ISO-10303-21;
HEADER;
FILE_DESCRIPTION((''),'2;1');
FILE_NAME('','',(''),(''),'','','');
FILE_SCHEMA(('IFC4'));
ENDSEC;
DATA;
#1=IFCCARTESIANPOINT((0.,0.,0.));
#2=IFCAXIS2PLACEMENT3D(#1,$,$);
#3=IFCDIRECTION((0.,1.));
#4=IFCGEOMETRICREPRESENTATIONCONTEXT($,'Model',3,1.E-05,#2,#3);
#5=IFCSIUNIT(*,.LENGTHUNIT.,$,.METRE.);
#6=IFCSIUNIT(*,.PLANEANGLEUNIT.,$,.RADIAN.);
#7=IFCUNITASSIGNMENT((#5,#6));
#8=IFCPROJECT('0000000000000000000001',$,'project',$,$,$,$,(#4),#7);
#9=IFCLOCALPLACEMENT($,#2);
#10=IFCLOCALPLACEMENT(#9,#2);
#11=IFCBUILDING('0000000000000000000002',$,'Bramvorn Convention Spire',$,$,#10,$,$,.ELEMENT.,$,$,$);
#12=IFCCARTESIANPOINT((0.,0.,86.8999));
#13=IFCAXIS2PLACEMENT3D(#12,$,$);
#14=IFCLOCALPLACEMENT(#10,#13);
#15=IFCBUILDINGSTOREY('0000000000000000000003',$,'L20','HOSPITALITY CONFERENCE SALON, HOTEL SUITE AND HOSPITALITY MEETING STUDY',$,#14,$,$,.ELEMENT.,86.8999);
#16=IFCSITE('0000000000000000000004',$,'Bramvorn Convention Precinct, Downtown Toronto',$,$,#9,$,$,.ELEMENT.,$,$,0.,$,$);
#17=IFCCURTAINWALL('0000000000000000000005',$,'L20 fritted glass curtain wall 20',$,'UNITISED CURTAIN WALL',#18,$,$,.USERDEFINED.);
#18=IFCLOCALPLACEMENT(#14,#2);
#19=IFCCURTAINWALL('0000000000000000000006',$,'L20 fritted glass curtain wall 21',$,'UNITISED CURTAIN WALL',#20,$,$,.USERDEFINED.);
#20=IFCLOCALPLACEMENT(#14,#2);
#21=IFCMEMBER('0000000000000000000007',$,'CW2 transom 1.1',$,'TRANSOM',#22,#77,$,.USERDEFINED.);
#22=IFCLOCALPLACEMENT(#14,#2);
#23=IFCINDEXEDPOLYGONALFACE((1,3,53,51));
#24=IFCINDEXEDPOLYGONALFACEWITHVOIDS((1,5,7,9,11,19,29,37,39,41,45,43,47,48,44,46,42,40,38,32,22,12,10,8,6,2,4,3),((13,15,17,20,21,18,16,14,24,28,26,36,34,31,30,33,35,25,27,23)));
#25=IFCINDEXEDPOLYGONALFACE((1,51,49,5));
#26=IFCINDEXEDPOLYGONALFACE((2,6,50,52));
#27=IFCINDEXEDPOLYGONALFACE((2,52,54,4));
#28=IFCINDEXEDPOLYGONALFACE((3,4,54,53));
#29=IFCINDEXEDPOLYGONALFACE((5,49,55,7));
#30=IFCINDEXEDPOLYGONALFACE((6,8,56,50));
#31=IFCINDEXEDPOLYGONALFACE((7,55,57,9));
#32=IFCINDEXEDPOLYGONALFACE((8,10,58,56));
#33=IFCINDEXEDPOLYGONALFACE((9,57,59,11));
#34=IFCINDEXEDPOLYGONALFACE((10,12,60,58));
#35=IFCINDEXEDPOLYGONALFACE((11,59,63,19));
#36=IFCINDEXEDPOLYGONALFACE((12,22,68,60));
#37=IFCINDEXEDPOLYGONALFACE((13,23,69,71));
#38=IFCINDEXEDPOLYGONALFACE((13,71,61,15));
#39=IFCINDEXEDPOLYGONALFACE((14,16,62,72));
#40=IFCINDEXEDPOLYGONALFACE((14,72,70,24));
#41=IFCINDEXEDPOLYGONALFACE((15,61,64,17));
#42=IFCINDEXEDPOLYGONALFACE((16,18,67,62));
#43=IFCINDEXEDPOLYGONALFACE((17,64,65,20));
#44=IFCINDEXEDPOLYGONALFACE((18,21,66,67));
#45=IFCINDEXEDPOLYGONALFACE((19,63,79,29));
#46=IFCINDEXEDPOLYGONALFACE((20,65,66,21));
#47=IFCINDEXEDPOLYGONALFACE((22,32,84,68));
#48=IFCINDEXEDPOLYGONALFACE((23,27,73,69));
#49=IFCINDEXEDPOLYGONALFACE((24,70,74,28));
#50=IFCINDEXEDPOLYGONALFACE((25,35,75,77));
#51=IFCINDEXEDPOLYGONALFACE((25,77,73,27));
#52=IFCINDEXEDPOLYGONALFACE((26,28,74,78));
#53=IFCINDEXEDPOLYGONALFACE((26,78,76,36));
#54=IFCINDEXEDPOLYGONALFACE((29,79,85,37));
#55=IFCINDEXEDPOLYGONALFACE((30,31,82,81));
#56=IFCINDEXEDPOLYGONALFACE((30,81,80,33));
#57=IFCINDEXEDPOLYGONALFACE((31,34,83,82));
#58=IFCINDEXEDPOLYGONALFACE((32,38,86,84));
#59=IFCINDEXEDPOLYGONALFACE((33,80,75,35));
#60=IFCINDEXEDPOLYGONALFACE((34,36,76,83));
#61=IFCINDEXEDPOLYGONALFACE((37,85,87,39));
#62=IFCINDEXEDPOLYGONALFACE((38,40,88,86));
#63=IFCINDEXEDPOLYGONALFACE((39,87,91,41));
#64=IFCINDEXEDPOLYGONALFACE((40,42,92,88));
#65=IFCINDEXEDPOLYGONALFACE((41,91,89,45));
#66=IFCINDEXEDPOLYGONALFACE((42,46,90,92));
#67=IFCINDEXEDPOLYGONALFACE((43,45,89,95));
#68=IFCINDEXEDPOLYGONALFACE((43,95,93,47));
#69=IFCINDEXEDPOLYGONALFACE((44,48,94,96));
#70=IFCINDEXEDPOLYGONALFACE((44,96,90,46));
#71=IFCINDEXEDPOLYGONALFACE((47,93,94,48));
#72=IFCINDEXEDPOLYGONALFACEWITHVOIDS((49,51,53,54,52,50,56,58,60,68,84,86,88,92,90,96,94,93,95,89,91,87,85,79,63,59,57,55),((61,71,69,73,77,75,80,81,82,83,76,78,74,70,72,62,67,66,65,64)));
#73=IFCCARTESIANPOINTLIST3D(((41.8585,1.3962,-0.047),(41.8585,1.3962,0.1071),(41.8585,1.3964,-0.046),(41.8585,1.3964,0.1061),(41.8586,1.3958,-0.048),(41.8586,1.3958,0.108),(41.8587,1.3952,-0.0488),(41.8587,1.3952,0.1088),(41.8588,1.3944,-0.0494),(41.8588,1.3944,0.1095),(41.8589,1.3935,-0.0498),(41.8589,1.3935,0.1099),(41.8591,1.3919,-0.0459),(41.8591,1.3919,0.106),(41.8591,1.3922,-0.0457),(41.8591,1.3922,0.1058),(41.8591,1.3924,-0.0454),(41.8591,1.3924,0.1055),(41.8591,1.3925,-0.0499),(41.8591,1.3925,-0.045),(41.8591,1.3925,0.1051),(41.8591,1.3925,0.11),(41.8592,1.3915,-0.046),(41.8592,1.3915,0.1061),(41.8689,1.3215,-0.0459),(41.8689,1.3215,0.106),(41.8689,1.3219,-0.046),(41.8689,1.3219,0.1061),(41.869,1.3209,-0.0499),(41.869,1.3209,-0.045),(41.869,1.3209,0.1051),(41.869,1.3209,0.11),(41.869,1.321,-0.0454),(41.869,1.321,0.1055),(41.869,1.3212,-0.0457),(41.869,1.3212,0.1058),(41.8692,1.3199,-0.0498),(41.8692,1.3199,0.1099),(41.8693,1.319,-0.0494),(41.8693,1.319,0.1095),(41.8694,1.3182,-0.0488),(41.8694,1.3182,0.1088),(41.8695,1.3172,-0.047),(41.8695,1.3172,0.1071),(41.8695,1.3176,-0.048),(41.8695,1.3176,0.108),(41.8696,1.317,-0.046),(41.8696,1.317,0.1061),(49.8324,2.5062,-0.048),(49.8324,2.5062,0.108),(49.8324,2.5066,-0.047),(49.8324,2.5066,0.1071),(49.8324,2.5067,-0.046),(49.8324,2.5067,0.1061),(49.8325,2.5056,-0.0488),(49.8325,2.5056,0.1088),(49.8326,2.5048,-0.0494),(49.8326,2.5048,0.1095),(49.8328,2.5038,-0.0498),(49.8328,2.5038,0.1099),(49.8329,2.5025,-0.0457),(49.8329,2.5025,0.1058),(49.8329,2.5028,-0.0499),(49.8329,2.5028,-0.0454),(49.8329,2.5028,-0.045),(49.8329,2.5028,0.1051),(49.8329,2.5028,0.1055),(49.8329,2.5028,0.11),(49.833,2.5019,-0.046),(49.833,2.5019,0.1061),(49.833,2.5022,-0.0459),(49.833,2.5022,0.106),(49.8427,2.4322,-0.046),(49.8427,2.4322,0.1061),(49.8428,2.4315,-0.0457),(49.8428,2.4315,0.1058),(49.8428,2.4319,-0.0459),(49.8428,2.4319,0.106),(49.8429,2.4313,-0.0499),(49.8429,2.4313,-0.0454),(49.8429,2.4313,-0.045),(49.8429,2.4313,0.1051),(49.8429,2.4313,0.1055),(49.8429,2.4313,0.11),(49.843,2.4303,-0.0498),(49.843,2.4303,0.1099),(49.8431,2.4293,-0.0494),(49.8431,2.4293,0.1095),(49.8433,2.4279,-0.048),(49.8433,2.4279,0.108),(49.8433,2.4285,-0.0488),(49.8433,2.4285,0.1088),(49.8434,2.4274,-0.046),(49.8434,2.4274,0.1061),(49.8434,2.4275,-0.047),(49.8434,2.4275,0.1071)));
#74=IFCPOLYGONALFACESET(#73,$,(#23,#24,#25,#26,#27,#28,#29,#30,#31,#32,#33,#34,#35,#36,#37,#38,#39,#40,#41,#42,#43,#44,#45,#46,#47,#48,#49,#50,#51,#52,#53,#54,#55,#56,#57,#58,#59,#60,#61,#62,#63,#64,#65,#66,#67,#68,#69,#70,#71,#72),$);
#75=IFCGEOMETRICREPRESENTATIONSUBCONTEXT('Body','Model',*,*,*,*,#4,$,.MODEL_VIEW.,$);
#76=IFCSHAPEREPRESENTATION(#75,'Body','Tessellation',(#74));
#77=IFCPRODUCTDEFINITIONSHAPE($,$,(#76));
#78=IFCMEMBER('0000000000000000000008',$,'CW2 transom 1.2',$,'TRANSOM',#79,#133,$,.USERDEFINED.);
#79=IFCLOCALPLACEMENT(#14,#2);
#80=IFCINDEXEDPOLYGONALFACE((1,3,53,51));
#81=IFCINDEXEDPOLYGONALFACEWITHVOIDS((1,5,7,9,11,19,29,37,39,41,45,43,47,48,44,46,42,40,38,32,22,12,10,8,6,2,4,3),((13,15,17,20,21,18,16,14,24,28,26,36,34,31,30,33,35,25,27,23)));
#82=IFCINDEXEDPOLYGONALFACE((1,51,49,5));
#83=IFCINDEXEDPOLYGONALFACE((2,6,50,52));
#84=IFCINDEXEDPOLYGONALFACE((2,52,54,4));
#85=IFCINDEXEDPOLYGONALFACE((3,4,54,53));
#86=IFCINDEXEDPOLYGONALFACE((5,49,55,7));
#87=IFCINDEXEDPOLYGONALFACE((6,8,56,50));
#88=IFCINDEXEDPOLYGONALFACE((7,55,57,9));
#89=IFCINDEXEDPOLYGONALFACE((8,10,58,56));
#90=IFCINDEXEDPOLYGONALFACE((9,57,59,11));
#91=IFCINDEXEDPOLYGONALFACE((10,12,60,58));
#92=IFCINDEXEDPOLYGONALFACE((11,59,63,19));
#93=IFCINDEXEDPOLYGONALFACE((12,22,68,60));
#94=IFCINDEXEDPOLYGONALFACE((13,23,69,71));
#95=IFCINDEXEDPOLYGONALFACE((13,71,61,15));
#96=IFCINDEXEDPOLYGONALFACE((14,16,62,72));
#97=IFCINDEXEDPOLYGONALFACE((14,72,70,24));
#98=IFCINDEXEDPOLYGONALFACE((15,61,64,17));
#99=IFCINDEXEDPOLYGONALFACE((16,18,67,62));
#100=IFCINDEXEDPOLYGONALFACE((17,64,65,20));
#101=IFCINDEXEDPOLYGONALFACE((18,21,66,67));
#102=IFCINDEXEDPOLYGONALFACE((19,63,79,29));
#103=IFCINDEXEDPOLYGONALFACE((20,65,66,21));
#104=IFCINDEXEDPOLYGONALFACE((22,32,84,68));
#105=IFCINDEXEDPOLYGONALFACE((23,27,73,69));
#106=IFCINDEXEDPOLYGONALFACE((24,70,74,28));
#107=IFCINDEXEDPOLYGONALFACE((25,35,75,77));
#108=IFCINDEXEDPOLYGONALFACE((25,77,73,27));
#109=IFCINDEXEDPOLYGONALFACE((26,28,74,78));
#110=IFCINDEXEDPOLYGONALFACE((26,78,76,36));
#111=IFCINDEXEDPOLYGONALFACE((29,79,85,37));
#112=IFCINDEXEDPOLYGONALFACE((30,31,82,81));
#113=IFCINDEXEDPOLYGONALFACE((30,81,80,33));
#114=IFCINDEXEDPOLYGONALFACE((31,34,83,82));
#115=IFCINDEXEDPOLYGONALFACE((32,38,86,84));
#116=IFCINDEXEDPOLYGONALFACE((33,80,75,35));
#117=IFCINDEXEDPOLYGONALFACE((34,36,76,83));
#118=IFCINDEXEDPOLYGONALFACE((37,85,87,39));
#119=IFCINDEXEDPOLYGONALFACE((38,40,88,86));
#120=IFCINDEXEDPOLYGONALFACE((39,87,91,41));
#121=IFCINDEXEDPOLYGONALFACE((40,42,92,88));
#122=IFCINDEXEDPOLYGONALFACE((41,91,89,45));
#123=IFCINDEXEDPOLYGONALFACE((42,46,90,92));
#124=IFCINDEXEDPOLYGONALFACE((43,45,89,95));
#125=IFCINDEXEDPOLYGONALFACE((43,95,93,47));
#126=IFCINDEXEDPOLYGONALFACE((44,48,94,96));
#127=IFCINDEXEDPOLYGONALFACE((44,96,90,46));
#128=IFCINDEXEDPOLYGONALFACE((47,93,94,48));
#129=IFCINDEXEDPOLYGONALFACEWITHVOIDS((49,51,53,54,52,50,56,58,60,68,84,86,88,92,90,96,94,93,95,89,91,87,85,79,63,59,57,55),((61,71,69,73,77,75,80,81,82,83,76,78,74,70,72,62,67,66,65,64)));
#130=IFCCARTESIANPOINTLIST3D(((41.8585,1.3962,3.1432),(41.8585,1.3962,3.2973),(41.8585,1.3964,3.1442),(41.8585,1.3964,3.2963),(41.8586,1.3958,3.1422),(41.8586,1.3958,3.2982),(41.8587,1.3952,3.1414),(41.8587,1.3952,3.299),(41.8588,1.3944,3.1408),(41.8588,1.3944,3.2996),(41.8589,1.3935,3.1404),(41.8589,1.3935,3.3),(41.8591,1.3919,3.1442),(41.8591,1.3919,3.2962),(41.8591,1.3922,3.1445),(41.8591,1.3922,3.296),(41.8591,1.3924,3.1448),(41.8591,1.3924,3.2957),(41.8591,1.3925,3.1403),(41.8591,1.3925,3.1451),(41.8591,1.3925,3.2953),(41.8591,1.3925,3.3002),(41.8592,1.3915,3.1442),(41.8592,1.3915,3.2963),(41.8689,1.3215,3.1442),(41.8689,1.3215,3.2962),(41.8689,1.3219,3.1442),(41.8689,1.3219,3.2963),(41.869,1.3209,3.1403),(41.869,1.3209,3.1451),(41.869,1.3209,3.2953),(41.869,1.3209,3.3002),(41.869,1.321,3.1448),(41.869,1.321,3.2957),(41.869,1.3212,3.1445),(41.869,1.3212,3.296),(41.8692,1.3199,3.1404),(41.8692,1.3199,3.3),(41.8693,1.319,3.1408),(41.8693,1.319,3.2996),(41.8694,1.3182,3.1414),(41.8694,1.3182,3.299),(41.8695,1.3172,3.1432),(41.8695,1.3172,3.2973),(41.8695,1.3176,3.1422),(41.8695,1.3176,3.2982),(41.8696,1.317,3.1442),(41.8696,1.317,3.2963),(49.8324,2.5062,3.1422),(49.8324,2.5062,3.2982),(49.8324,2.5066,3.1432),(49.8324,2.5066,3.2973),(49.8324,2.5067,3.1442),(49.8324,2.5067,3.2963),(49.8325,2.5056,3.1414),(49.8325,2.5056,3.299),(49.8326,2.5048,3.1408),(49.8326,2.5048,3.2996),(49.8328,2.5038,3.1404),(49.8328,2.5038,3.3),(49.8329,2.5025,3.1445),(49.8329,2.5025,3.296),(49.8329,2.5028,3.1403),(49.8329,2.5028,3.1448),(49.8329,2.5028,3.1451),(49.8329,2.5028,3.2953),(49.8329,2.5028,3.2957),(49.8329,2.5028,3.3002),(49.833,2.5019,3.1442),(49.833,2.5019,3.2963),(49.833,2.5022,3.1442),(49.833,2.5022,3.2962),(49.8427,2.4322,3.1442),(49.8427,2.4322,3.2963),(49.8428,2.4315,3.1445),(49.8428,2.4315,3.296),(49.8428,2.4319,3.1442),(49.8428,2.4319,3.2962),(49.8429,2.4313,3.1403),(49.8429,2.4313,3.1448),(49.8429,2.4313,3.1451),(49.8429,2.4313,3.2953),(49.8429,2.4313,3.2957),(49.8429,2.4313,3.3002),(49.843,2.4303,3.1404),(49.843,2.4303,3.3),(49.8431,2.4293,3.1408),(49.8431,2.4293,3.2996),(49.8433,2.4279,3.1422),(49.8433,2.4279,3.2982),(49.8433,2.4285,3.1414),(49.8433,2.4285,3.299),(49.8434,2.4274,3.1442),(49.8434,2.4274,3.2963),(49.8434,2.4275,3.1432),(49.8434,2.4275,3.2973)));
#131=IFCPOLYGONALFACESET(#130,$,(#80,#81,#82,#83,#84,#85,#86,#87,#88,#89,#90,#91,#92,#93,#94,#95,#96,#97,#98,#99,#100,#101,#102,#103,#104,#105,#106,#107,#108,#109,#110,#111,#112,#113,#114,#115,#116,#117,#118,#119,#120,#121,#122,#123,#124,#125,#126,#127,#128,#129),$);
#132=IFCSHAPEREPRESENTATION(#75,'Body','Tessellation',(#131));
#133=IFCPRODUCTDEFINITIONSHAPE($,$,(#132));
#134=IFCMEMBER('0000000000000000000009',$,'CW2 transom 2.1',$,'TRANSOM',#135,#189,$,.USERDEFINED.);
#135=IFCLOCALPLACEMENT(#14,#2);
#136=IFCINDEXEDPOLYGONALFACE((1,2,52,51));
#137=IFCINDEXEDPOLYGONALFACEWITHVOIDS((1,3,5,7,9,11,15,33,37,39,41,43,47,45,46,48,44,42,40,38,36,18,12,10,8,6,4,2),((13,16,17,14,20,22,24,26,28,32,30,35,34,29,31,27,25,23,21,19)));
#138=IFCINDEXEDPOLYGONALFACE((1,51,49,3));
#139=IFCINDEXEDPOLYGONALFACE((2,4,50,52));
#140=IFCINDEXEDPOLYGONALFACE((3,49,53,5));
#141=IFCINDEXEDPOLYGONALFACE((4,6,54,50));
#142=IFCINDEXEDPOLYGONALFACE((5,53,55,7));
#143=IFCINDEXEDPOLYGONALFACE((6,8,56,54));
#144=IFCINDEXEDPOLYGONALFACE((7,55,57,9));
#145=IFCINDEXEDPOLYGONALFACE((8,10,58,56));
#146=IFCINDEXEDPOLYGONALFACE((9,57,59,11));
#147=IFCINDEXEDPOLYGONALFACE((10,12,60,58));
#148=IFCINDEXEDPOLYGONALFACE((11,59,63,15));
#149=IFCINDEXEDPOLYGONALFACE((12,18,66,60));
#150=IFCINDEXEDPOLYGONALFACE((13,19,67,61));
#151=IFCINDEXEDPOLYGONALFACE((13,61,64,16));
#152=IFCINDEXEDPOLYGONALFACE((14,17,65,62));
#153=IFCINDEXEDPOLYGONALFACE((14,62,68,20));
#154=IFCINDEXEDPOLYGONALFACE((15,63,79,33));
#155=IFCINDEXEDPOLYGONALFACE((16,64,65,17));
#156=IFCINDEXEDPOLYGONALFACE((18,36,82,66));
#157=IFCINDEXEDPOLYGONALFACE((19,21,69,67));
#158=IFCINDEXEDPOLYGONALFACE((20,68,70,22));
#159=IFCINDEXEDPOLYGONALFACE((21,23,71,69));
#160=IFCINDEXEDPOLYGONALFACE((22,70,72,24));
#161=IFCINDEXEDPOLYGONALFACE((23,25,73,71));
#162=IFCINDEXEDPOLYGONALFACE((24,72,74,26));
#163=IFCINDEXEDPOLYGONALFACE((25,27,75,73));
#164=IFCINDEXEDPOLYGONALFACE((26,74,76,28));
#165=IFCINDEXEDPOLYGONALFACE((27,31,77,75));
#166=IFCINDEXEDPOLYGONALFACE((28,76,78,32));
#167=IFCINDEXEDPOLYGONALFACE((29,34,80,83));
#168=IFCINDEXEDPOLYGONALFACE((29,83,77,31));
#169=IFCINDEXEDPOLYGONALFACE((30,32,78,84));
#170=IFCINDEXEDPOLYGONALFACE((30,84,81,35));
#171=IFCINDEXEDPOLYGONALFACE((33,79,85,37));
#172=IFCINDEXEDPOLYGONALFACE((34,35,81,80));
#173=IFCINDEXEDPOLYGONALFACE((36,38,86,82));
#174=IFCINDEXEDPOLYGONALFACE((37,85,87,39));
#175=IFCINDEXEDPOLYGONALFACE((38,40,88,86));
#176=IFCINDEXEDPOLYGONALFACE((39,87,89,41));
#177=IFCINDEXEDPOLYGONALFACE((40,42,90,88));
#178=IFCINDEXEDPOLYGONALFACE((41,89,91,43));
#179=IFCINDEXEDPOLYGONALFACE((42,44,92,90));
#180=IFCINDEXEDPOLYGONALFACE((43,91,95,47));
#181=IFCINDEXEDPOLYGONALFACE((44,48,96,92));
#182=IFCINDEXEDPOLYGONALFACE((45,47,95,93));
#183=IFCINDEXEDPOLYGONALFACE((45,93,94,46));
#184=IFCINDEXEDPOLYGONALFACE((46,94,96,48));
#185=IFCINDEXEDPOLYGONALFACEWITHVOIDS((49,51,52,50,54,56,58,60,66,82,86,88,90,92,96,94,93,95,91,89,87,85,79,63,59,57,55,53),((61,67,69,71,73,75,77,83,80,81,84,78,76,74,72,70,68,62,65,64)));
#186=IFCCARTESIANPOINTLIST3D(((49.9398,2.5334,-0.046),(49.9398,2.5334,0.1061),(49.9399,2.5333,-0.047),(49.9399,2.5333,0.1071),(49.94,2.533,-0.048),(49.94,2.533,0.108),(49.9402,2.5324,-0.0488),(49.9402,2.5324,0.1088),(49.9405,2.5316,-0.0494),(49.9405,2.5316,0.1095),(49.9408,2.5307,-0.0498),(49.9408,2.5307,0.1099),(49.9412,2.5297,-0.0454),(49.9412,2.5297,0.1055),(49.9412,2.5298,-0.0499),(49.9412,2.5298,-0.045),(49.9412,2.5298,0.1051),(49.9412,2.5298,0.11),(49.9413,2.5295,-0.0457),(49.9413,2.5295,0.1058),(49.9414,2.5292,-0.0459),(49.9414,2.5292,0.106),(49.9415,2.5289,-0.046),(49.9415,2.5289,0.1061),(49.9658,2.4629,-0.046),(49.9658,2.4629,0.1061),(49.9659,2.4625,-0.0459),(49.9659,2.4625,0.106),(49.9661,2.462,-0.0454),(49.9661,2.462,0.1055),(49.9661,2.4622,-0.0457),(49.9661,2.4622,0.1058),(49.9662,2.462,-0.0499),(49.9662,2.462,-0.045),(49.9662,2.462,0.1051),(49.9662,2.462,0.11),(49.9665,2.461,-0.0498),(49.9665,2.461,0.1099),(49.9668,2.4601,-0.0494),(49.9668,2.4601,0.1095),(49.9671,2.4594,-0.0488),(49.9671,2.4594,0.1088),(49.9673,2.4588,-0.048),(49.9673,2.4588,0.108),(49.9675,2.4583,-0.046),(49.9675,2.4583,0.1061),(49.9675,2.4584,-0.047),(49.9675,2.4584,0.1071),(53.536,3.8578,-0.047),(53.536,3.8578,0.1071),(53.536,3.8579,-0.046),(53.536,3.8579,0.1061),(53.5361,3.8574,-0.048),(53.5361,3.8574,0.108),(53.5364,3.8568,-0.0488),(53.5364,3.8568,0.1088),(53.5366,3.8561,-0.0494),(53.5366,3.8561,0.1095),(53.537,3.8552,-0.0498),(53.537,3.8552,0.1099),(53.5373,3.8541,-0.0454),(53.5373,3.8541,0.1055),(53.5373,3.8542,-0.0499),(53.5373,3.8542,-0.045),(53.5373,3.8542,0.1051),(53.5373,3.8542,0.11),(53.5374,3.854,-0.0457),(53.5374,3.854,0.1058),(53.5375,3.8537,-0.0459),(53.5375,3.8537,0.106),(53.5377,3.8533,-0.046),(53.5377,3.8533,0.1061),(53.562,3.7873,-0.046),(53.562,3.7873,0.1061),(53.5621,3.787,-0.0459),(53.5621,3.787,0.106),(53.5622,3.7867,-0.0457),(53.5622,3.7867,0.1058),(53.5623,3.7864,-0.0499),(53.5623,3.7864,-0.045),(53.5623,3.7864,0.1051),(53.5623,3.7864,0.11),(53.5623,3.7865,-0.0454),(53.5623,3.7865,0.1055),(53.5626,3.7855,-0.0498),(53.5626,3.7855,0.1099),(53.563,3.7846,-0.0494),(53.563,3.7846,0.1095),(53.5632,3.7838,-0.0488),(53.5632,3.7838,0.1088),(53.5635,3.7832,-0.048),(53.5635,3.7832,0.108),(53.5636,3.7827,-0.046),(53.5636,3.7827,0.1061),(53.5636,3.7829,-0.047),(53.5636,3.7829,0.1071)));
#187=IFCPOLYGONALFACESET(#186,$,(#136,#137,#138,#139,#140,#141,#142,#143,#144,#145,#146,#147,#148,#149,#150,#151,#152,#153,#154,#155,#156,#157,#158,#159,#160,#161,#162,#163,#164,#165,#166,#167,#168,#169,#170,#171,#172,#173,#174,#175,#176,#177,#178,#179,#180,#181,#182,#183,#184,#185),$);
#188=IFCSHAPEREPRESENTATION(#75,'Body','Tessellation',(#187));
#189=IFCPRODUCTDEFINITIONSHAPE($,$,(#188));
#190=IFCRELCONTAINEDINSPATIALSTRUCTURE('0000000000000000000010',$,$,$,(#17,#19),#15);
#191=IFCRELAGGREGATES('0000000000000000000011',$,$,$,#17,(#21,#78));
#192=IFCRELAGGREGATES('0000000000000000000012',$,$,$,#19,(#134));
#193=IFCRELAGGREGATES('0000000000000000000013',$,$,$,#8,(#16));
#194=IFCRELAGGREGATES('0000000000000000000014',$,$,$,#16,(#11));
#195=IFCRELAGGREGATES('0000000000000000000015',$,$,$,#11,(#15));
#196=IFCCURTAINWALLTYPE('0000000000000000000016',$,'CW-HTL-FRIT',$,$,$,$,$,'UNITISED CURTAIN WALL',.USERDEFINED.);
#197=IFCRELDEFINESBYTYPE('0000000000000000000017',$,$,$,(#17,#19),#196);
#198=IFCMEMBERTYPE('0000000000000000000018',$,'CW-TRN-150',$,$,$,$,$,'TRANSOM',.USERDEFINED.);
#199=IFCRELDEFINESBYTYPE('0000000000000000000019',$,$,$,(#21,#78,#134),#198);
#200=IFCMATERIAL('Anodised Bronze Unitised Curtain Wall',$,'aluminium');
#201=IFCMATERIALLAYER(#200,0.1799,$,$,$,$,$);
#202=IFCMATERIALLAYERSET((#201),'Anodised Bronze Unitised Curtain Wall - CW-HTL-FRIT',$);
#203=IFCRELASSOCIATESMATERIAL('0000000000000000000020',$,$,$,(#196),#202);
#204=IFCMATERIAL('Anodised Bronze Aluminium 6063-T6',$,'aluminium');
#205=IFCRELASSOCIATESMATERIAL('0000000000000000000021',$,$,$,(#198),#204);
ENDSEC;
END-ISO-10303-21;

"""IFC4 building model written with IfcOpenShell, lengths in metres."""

from ifc_helpers import new_model, si_unit, direction, frame, origin, origin_2d, place, context, subcontext, project, spatial, hollow_rectangle, extrude, material, layer, layer_set, material_profile, profile_set, type_object, element, aggregate, save


model = new_model("IFC4")

# Units and contexts
model_context = context("Model", 3, precision=1e-05, world=origin(), true_north=direction((0.0, 1.0)))
body_context = subcontext(model_context, "Body", "Model", "MODEL_VIEW")
ifc_project = project(units=[si_unit("LENGTHUNIT", "METRE"), si_unit("PLANEANGLEUNIT", "RADIAN")], contexts=[model_context])

# Site, building, storey
site_placement = place(None, origin())
site = spatial("IfcSite", under=ifc_project, at=site_placement, Name="Bramvorn Convention Precinct, Downtown Toronto", CompositionType="ELEMENT", RefElevation=0.0)
building_placement = place(site_placement, origin())
building = spatial("IfcBuilding", under=site, at=building_placement, Name="Bramvorn Convention Spire", CompositionType="ELEMENT")
storey_placement = place(building_placement, frame((0.0, 0.0, 86.8999)))
storey = spatial("IfcBuildingStorey", under=building, at=storey_placement, Name="L20", Description="HOSPITALITY CONFERENCE SALON, HOTEL SUITE AND HOSPITALITY MEETING STUDY", CompositionType="ELEMENT", Elevation=86.8999)

# Curtain wall
ifc_material_1 = material(Name="Anodised Bronze Unitised Curtain Wall", Category="aluminium")
ifc_layer_1 = layer(ifc_material_1, 0.1799)
ifc_layer_set_1 = layer_set([ifc_layer_1], Name="Anodised Bronze Unitised Curtain Wall - CW-HTL-FRIT")
curtain_wall_type = type_object("IfcCurtainWallType", Name="CW-HTL-FRIT", ElementType="UNITISED CURTAIN WALL", PredefinedType="USERDEFINED", material=ifc_layer_set_1)
curtain_wall_1_placement = place(storey_placement, origin())
curtain_wall_1 = element("IfcCurtainWall", 1, at=curtain_wall_1_placement, inside=storey, type_object=curtain_wall_type, Name="L20 fritted glass curtain wall 20", ObjectType="UNITISED CURTAIN WALL", PredefinedType="USERDEFINED")
ifc_material_2 = material(Name="Anodised Bronze Aluminium 6063-T6", Category="aluminium")

# Curtain wall
curtain_wall_2_placement = place(storey_placement, origin())
curtain_wall_2 = element("IfcCurtainWall", 2, at=curtain_wall_2_placement, inside=storey, type_object=curtain_wall_type, Name="L20 fritted glass curtain wall 21", ObjectType="UNITISED CURTAIN WALL", PredefinedType="USERDEFINED")

# Members
ifc_material_profile_1 = material_profile(ifc_material_2, hollow_rectangle(XDim=0.0801, YDim=0.1599, WallThickness=0.0039, InnerFilletRadius=0.001, OuterFilletRadius=0.0039, at=origin_2d()))
ifc_profile_set_1 = profile_set([ifc_material_profile_1], Name="Anodised Bronze Aluminium 6063-T6 - CWT80X160")
member_type_1 = type_object("IfcMemberType", Name="CW-TRN-150", ElementType="TRANSOM", PredefinedType="USERDEFINED", material=ifc_profile_set_1)
member_1_placement = place(storey_placement, frame((49.8379, 2.467, 0.03), z_axis=(-0.990444, -0.137918, 0.0), x_axis=(0.137918, -0.990444, 0.0)))
member_1 = element("IfcMember", 3, at=member_1_placement, type_object=member_type_1, Name="CW2 transom 1.1", ObjectType="TRANSOM", PredefinedType="USERDEFINED", context=body_context, shape_type="SweptSolid", body=[
    extrude(hollow_rectangle(XDim=0.0801, YDim=0.1599, WallThickness=0.0039, InnerFilletRadius=0.001, OuterFilletRadius=0.0039, at=origin_2d()), origin(), (0.0, 0.0, 1.0), 8.0508),
])
member_2_placement = place(storey_placement, frame((49.8379, 2.467, 3.2202), z_axis=(-0.990444, -0.137918, 0.0), x_axis=(0.137918, -0.990444, 0.0)))
member_2 = element("IfcMember", 4, at=member_2_placement, type_object=member_type_1, Name="CW2 transom 1.2", ObjectType="TRANSOM", PredefinedType="USERDEFINED", context=body_context, shape_type="SweptSolid", body=[
    extrude(hollow_rectangle(XDim=0.0801, YDim=0.1599, WallThickness=0.0039, InnerFilletRadius=0.001, OuterFilletRadius=0.0039, at=origin_2d()), origin(), (0.0, 0.0, 1.0), 8.0508),
])
aggregate(curtain_wall_1, [member_1, member_2])
member_3_placement = place(storey_placement, frame((53.5498, 3.8203, 0.03), z_axis=(-0.938381, -0.345602, 0.0), x_axis=(0.345602, -0.938381, 0.0)))
member_3 = element("IfcMember", 5, at=member_3_placement, type_object=member_type_1, Name="CW2 transom 2.1", ObjectType="TRANSOM", PredefinedType="USERDEFINED", context=body_context, shape_type="SweptSolid", body=[
    extrude(hollow_rectangle(XDim=0.0801, YDim=0.1599, WallThickness=0.0039, InnerFilletRadius=0.001, OuterFilletRadius=0.0039, at=origin_2d()), origin(), (0.0, 0.0, 1.0), 3.8323),
])

aggregate(curtain_wall_2, [member_3])

save(model, "model.ifc")
